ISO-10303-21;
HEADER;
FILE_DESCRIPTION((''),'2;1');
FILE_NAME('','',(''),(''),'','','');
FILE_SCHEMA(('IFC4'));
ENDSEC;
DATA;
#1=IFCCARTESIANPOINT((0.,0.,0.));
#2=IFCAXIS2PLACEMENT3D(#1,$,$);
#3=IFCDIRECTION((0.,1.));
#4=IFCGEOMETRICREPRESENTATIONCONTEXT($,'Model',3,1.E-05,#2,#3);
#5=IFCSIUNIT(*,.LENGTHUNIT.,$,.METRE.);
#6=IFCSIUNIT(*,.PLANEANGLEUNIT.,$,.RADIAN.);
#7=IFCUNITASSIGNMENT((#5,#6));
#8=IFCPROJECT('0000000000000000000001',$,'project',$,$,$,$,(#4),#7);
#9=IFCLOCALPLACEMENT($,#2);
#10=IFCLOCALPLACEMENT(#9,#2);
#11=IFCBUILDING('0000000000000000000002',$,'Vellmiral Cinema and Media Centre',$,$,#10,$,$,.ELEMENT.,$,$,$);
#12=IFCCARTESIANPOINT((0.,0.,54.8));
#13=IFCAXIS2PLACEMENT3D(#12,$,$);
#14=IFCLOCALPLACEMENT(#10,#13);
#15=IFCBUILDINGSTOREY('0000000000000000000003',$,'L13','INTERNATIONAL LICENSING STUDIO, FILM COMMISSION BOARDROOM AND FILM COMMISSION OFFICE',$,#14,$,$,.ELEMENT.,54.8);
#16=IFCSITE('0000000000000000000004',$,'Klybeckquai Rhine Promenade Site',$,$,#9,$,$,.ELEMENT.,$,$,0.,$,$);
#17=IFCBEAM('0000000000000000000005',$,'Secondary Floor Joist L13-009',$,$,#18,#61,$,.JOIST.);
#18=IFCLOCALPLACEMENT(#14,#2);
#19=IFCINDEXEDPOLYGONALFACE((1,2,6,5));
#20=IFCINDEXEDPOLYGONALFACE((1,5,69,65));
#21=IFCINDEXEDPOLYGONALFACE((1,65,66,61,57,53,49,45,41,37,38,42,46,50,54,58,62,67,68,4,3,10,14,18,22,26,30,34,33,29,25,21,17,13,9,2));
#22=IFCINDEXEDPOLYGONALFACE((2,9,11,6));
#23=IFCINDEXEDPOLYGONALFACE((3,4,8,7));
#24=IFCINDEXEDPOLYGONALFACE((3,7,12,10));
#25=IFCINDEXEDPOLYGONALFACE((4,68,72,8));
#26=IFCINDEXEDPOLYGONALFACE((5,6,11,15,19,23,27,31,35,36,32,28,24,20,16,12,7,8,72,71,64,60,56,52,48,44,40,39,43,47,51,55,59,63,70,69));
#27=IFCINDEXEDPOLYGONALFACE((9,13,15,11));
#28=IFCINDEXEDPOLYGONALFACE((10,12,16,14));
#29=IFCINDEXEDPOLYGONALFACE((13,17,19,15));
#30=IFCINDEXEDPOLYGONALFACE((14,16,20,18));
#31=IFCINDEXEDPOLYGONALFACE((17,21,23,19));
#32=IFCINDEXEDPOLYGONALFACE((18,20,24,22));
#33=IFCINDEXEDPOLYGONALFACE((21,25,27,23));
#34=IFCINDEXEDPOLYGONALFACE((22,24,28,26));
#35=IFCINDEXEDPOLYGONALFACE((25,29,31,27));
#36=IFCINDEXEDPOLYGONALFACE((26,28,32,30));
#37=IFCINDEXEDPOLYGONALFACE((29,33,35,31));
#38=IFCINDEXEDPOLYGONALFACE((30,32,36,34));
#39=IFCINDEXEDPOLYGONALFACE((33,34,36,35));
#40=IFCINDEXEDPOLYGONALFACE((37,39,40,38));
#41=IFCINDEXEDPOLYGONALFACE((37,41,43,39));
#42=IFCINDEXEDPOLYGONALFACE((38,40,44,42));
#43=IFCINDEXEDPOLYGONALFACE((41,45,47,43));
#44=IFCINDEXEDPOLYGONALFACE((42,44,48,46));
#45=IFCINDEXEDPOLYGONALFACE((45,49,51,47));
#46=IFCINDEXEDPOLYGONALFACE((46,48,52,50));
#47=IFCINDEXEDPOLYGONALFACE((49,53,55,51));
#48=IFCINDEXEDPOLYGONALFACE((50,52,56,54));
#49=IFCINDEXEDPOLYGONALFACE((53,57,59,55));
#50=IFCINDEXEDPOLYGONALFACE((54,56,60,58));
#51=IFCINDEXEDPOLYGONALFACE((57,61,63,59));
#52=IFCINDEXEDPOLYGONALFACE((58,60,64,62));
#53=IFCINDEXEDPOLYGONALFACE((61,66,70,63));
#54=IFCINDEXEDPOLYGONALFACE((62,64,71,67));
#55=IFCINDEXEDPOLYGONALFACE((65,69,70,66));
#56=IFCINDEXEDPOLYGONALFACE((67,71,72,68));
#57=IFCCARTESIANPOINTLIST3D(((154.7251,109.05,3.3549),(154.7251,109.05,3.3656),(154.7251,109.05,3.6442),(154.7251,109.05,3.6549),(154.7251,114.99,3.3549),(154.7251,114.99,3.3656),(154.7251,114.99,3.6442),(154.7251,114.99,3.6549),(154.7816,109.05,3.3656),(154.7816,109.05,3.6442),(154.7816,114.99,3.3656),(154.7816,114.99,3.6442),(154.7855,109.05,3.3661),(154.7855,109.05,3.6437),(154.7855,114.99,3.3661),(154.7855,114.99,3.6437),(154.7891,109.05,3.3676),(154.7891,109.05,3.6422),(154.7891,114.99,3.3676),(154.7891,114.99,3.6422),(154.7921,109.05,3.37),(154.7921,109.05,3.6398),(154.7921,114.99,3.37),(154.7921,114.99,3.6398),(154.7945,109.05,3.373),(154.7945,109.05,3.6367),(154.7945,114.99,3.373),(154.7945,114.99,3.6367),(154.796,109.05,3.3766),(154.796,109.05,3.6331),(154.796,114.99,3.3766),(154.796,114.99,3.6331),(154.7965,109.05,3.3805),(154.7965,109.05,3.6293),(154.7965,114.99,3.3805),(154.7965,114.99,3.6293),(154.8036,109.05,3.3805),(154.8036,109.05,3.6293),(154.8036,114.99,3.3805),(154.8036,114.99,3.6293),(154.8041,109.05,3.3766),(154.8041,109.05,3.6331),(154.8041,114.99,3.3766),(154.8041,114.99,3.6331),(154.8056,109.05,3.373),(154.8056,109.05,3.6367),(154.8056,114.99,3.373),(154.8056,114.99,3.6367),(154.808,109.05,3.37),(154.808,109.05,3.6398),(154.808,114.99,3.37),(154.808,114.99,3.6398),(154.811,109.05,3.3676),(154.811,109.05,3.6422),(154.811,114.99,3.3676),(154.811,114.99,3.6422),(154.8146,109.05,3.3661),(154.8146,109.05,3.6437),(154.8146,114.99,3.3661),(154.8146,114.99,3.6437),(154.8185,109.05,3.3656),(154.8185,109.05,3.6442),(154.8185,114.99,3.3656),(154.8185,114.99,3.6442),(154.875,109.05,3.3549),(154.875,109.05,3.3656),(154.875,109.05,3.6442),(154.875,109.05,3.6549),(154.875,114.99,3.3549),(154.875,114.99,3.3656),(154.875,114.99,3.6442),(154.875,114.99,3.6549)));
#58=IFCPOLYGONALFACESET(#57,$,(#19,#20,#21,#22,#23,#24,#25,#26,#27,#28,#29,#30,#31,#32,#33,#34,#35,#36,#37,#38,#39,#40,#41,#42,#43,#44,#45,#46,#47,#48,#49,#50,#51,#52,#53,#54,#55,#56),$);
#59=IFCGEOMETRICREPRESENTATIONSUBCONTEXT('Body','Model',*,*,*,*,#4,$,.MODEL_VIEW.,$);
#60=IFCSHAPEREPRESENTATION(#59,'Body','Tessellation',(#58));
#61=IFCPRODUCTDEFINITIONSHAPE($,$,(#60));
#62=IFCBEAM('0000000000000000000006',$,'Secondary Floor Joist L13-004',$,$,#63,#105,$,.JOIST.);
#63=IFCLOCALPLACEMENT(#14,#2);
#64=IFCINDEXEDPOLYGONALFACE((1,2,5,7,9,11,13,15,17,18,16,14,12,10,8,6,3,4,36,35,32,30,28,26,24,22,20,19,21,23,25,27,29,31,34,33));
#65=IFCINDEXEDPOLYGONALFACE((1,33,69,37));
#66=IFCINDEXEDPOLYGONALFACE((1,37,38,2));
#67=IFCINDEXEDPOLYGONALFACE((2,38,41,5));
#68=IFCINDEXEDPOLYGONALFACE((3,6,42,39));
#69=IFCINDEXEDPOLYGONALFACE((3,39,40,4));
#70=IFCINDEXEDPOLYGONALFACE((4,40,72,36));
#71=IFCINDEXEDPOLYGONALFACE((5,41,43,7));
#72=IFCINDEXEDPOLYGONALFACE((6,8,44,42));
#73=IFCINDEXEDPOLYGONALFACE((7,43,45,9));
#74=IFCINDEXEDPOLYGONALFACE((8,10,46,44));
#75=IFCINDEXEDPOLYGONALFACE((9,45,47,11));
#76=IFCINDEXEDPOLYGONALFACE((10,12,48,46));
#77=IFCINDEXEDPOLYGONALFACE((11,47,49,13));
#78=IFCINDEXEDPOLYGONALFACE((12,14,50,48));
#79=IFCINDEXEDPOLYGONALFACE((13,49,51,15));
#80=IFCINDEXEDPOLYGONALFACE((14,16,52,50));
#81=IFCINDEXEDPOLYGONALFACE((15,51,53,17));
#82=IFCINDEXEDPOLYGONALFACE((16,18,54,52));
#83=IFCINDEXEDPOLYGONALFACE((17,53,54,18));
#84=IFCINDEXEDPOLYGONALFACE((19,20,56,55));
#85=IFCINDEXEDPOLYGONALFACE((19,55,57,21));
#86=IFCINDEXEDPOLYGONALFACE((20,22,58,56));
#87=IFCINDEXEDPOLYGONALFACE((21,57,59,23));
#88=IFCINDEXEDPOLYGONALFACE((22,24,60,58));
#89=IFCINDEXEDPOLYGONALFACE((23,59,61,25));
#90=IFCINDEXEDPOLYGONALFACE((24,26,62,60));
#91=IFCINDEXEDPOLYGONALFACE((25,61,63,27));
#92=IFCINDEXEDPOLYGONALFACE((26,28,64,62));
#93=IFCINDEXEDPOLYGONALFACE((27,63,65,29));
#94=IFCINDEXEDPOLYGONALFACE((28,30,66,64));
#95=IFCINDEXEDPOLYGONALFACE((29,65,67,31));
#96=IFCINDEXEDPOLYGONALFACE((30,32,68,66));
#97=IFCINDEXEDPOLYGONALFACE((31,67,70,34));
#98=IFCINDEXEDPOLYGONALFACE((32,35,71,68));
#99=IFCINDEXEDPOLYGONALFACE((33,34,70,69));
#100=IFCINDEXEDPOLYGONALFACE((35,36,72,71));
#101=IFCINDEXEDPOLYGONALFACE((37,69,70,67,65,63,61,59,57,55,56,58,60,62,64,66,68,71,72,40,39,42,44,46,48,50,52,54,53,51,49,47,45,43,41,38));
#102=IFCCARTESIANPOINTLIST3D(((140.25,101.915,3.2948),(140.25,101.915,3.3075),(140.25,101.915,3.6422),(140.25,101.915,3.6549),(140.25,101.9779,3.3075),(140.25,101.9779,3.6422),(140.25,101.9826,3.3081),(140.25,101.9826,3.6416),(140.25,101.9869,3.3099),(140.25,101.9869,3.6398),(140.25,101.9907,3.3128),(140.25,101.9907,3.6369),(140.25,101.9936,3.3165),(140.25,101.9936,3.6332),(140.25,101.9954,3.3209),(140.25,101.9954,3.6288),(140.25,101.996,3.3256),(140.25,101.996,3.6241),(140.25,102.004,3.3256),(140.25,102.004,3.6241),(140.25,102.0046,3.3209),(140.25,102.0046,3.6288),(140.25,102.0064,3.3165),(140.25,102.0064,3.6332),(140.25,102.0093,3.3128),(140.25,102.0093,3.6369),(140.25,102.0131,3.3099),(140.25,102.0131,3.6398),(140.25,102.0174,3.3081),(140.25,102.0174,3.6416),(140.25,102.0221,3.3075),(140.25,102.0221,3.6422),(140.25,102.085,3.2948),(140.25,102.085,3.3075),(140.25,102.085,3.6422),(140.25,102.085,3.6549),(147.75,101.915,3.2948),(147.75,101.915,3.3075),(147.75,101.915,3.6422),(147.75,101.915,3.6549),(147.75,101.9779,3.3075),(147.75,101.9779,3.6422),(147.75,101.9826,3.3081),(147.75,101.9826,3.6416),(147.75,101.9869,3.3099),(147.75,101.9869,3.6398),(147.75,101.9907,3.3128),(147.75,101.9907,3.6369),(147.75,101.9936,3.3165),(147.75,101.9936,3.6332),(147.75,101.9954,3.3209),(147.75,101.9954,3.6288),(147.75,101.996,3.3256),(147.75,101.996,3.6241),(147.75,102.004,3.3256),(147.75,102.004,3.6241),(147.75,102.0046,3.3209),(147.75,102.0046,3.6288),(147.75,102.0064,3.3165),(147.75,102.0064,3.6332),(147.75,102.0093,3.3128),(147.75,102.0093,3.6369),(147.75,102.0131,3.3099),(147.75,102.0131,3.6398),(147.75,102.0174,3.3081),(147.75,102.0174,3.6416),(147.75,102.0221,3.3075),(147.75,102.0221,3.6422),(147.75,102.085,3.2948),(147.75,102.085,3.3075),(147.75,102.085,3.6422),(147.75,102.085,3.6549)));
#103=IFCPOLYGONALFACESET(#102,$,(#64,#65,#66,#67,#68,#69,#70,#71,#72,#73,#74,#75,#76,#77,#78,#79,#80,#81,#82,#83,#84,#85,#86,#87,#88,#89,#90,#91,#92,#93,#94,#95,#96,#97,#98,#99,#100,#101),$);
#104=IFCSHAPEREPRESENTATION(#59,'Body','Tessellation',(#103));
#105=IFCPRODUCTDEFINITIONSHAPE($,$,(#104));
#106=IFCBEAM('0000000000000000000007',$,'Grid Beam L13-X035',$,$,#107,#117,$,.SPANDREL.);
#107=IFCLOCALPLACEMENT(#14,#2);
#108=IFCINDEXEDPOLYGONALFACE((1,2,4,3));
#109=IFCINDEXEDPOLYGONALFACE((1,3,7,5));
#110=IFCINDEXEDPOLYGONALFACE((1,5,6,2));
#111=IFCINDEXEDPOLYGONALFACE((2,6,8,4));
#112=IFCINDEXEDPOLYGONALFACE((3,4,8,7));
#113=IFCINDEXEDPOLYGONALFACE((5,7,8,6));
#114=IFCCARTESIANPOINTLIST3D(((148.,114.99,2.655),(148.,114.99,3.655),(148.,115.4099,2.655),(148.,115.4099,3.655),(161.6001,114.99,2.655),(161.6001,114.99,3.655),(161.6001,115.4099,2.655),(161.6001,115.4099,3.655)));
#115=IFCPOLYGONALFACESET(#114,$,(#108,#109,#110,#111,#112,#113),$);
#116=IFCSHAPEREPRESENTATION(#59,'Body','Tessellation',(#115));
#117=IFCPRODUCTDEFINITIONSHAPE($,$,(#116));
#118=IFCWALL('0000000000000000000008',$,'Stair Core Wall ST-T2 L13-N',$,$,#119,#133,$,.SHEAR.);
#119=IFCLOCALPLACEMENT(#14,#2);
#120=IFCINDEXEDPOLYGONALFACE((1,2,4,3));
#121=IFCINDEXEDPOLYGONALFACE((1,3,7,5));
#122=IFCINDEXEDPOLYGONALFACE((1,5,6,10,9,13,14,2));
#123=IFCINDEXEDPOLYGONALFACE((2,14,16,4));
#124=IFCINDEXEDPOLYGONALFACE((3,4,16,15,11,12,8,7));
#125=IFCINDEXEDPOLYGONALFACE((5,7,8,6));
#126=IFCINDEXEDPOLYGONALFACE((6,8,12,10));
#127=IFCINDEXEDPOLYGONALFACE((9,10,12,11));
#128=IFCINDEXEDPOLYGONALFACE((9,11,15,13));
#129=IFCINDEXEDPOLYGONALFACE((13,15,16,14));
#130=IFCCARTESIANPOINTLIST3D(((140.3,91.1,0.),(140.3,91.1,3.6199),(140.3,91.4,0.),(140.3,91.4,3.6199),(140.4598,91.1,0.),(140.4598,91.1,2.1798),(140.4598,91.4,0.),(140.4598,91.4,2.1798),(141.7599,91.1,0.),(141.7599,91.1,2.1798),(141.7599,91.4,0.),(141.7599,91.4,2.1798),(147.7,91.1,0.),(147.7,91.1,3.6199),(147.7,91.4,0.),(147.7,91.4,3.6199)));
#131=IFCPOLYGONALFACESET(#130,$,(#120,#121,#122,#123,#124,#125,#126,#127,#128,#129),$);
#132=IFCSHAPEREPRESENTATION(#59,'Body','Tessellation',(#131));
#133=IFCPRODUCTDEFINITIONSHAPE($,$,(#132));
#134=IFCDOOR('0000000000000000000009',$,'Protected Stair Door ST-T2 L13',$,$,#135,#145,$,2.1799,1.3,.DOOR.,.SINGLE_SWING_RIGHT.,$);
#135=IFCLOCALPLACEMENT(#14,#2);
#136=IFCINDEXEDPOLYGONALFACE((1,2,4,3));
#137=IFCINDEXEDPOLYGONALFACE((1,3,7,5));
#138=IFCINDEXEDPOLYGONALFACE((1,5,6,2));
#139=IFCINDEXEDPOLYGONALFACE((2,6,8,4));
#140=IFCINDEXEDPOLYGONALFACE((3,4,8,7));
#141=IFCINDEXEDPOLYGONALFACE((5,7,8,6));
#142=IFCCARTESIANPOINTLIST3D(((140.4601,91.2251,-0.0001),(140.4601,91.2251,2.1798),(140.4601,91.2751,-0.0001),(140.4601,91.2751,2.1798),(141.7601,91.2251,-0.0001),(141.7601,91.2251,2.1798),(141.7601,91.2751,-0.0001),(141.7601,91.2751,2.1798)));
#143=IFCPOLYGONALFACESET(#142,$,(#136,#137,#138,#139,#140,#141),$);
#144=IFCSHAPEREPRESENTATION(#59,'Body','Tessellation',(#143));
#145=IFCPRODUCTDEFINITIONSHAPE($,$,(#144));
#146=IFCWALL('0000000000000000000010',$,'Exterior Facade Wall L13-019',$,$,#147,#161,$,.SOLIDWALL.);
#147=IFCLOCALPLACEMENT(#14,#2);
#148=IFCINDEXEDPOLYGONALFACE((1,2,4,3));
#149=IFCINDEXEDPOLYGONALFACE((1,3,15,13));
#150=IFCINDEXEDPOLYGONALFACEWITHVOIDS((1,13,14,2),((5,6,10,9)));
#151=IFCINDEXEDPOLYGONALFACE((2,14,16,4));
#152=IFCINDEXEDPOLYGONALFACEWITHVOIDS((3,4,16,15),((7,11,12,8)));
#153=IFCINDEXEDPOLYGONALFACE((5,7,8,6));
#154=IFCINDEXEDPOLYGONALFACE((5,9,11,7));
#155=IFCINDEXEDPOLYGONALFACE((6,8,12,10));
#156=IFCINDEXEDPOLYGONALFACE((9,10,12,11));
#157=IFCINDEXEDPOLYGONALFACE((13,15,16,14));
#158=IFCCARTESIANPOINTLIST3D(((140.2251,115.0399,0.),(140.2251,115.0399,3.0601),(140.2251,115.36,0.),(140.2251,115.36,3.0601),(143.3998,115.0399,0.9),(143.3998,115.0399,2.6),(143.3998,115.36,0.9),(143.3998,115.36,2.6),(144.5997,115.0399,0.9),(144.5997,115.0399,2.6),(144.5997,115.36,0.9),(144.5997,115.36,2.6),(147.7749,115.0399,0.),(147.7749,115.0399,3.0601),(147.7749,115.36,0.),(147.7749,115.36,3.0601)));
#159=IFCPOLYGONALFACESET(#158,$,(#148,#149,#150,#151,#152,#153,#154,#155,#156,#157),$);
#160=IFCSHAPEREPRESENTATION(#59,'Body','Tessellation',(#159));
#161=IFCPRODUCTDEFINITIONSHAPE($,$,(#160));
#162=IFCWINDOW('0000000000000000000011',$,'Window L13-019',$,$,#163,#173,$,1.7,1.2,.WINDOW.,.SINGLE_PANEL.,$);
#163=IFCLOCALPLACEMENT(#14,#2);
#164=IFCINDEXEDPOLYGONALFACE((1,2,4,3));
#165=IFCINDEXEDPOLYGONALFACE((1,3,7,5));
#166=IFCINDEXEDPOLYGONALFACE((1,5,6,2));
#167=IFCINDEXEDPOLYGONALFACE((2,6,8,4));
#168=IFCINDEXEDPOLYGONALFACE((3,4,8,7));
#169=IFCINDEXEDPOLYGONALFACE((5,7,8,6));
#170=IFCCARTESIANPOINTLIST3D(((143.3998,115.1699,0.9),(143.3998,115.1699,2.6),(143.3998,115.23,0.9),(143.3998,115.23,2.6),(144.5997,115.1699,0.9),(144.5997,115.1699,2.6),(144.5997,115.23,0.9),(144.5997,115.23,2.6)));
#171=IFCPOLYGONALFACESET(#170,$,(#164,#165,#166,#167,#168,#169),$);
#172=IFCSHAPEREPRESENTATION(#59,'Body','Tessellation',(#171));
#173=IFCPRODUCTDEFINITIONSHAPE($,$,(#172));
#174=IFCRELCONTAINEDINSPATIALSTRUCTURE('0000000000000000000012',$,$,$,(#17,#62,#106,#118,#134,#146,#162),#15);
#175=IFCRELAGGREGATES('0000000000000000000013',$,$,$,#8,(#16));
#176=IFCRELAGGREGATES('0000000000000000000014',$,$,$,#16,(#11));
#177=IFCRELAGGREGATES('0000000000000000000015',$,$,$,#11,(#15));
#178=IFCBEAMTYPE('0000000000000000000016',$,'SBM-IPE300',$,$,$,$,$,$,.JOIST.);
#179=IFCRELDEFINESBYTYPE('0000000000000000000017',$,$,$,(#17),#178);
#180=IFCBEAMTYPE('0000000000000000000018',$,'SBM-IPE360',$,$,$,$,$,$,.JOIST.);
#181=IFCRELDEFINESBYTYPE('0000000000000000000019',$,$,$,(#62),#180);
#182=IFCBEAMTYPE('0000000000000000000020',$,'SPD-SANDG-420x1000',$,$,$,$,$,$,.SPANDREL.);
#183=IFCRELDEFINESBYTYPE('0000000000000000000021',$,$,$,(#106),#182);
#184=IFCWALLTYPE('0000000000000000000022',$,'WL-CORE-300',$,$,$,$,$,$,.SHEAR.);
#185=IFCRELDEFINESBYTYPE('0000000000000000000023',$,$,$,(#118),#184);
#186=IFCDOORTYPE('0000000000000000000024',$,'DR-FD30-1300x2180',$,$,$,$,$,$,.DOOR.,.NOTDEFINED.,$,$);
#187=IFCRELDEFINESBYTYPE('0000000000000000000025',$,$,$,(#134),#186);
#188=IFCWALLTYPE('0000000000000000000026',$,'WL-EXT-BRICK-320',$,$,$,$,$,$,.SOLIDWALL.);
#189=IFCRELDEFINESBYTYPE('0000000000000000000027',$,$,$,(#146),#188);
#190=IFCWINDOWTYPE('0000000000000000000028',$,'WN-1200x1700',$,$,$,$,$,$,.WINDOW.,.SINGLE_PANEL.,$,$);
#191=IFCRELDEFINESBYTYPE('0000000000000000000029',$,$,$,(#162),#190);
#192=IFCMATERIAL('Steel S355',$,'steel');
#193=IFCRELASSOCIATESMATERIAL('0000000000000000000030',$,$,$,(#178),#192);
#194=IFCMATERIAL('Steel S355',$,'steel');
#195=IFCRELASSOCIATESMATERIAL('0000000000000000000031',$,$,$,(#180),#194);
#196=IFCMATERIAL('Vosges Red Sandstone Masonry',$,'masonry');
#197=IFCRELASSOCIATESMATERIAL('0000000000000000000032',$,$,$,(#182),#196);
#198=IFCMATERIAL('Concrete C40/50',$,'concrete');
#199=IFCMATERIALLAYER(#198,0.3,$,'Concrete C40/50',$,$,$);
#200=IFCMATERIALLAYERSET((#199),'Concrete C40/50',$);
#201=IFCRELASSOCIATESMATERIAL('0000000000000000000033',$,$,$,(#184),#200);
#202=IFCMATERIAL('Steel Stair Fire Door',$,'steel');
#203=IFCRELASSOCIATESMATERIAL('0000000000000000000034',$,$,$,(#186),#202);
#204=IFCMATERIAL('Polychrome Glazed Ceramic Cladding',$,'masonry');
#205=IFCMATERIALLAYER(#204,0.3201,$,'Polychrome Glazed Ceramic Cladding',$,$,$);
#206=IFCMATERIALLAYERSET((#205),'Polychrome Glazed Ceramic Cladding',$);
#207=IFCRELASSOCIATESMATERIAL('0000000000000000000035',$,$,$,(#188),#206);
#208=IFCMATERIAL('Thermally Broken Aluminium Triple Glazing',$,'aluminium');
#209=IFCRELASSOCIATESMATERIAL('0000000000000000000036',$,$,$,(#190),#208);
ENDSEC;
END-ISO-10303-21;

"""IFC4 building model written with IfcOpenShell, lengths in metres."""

from ifc_helpers import new_model, si_unit, direction, frame, frame_2d, origin, origin_2d, place, context, subcontext, project, spatial, rectangle, i_section, extrude, material, layer, layer_set, material_profile, profile_set, type_object, element, fill, save


model = new_model("IFC4")

# Units and contexts
model_context = context("Model", 3, precision=1e-05, world=origin(), true_north=direction((0.0, 1.0)))
body_context = subcontext(model_context, "Body", "Model", "MODEL_VIEW")
ifc_project = project(units=[si_unit("LENGTHUNIT", "METRE"), si_unit("PLANEANGLEUNIT", "RADIAN")], contexts=[model_context])

# Site, building, storey
site_placement = place(None, origin())
site = spatial("IfcSite", under=ifc_project, at=site_placement, Name="Klybeckquai Rhine Promenade Site", CompositionType="ELEMENT", RefElevation=0.0)
building_placement = place(site_placement, origin())
building = spatial("IfcBuilding", under=site, at=building_placement, Name="Vellmiral Cinema and Media Centre", CompositionType="ELEMENT")
storey_placement = place(building_placement, frame((0.0, 0.0, 54.8)))
storey = spatial("IfcBuildingStorey", under=building, at=storey_placement, Name="L13", Description="INTERNATIONAL LICENSING STUDIO, FILM COMMISSION BOARDROOM AND FILM COMMISSION OFFICE", CompositionType="ELEMENT", Elevation=54.8)

# Beams
ifc_material_1 = material(Name="Steel S355", Category="steel")
ifc_material_profile_1 = material_profile(ifc_material_1, i_section(OverallWidth=0.1499, OverallDepth=0.3, WebThickness=0.0071, FlangeThickness=0.0107, FilletRadius=0.0149, at=origin_2d()), Name="IPE 300")
ifc_profile_set_1 = profile_set([ifc_material_profile_1], Name="Steel S355")
beam_type_1 = type_object("IfcBeamType", Name="SBM-IPE300", PredefinedType="JOIST", material=ifc_profile_set_1)
beam_1_placement = place(storey_placement, frame((154.8, 109.05, 3.5049), z_axis=(0.0, 1.0, 0.0), x_axis=(-1.0, 0.0, 0.0)))
element("IfcBeam", 1, at=beam_1_placement, inside=storey, type_object=beam_type_1, Name="Secondary Floor Joist L13-009", PredefinedType="JOIST", context=body_context, shape_type="SweptSolid", body=[
    extrude(i_section(OverallWidth=0.1499, OverallDepth=0.3, WebThickness=0.0071, FlangeThickness=0.0107, FilletRadius=0.0149, at=origin_2d()), origin(), (0.0, 0.0, 1.0), 5.9399),
])
ifc_material_2 = material(Name="Steel S355", Category="steel")
ifc_material_profile_2 = material_profile(ifc_material_2, i_section(OverallWidth=0.1699, OverallDepth=0.3601, WebThickness=0.0081, FlangeThickness=0.0127, FilletRadius=0.0181, at=origin_2d()), Name="IPE 360")
ifc_profile_set_2 = profile_set([ifc_material_profile_2], Name="Steel S355")
beam_type_2 = type_object("IfcBeamType", Name="SBM-IPE360", PredefinedType="JOIST", material=ifc_profile_set_2)
beam_2_placement = place(storey_placement, frame((140.25, 102.0, 3.4749), z_axis=(1.0, 0.0, 0.0), x_axis=(0.0, 1.0, 0.0)))
element("IfcBeam", 2, at=beam_2_placement, inside=storey, type_object=beam_type_2, Name="Secondary Floor Joist L13-004", PredefinedType="JOIST", context=body_context, shape_type="SweptSolid", body=[
    extrude(i_section(OverallWidth=0.1699, OverallDepth=0.3601, WebThickness=0.0081, FlangeThickness=0.0127, FilletRadius=0.0181, at=origin_2d()), origin(), (0.0, 0.0, 1.0), 7.5),
])
ifc_material_3 = material(Name="Vosges Red Sandstone Masonry", Category="masonry")
ifc_material_profile_3 = material_profile(ifc_material_3, rectangle(XDim=0.4199, YDim=1.0, at=origin_2d()), Name="SAND 420x1000")
ifc_profile_set_3 = profile_set([ifc_material_profile_3], Name="Vosges Red Sandstone Masonry")
beam_type_3 = type_object("IfcBeamType", Name="SPD-SANDG-420x1000", PredefinedType="SPANDREL", material=ifc_profile_set_3)
beam_3_placement = place(storey_placement, frame((148.0, 115.2, 3.155), z_axis=(1.0, 0.0, 0.0), x_axis=(0.0, 1.0, 0.0)))
element("IfcBeam", 3, at=beam_3_placement, inside=storey, type_object=beam_type_3, Name="Grid Beam L13-X035", PredefinedType="SPANDREL", context=body_context, shape_type="SweptSolid", body=[
    extrude(rectangle(XDim=0.4199, YDim=1.0, at=origin_2d()), origin(), (0.0, 0.0, 1.0), 13.6001),
])

# Wall, opening, door
ifc_material_4 = material(Name="Concrete C40/50", Category="concrete")
ifc_layer_1 = layer(ifc_material_4, 0.3, Name="Concrete C40/50")
ifc_layer_set_1 = layer_set([ifc_layer_1], Name="Concrete C40/50")
wall_type_1 = type_object("IfcWallType", Name="WL-CORE-300", PredefinedType="SHEAR", material=ifc_layer_set_1)
wall_1_placement = place(storey_placement, frame((140.3, 91.25, 0.0), z_axis=(0.0, 0.0, 1.0), x_axis=(1.0, 0.0, 0.0)))
wall_1 = element("IfcWall", 4, at=wall_1_placement, inside=storey, type_object=wall_type_1, Name="Stair Core Wall ST-T2 L13-N", PredefinedType="SHEAR", context=body_context, shape_type="SweptSolid", body=[
    extrude(rectangle(XDim=7.3999, YDim=0.3, at=frame_2d((3.7, 0.0))), origin(), (0.0, 0.0, 1.0), 3.6199),
])
opening_1_placement = place(wall_1_placement, frame((0.1599, 0.0, 0.0)))
opening_1 = element("IfcOpeningElement", 5, at=opening_1_placement, cuts=wall_1, PredefinedType="OPENING", context=body_context, shape_type="SweptSolid", body=[
    extrude(rectangle(XDim=1.3, YDim=2.1799, at=frame_2d((0.6499, 1.0898))), frame((0.0, 0.1621, 0.0), z_axis=(0.0, -1.0, 0.0), x_axis=(1.0, 0.0, 0.0)), (0.0, 0.0, 1.0), 0.324),
])
ifc_material_5 = material(Name="Steel Stair Fire Door", Category="steel")
door_type_1 = type_object("IfcDoorType", Name="DR-FD30-1300x2180", OperationType="NOTDEFINED", PredefinedType="DOOR", material=ifc_material_5)
door_1_placement = place(opening_1_placement, frame((1.3, 0.0, 0.0), z_axis=(0.0, 0.0, 1.0), x_axis=(-1.0, 0.0, 0.0)))
door_1 = element("IfcDoor", 6, at=door_1_placement, inside=storey, type_object=door_type_1, Name="Protected Stair Door ST-T2 L13", OperationType="SINGLE_SWING_RIGHT", OverallHeight=2.1799, OverallWidth=1.3, PredefinedType="DOOR", context=body_context, shape_type="SweptSolid", body=[
    extrude(rectangle(XDim=1.3, YDim=2.1799, at=frame_2d((0.6499, 1.0898))), frame((0.0, 0.0249, 0.0), z_axis=(0.0, -1.0, 0.0), x_axis=(1.0, 0.0, 0.0)), (0.0, 0.0, 1.0), 0.05),
])
fill(opening_1, door_1)

# Wall, opening, window
ifc_material_6 = material(Name="Polychrome Glazed Ceramic Cladding", Category="masonry")
ifc_layer_2 = layer(ifc_material_6, 0.3201, Name="Polychrome Glazed Ceramic Cladding")
ifc_layer_set_2 = layer_set([ifc_layer_2], Name="Polychrome Glazed Ceramic Cladding")
wall_type_2 = type_object("IfcWallType", Name="WL-EXT-BRICK-320", PredefinedType="SOLIDWALL", material=ifc_layer_set_2)
wall_2_placement = place(storey_placement, frame((147.7749, 115.2, 0.0), z_axis=(0.0, 0.0, 1.0), x_axis=(-1.0, 0.0, 0.0)))
wall_2 = element("IfcWall", 7, at=wall_2_placement, inside=storey, type_object=wall_type_2, Name="Exterior Facade Wall L13-019", PredefinedType="SOLIDWALL", context=body_context, shape_type="SweptSolid", body=[
    extrude(rectangle(XDim=7.5498, YDim=0.3201, at=frame_2d((3.7749, 0.0))), origin(), (0.0, 0.0, 1.0), 3.0601),
])
opening_2_placement = place(wall_2_placement, frame((3.175, 0.0, 0.8999)))
opening_2 = element("IfcOpeningElement", 8, at=opening_2_placement, cuts=wall_2, PredefinedType="OPENING", context=body_context, shape_type="SweptSolid", body=[
    extrude(rectangle(XDim=1.2, YDim=1.7, at=frame_2d((0.6001, 0.8501))), frame((0.0, 0.1719, 0.0), z_axis=(0.0, -1.0, 0.0), x_axis=(1.0, 0.0, 0.0)), (0.0, 0.0, 1.0), 0.344),
])
ifc_material_7 = material(Name="Thermally Broken Aluminium Triple Glazing", Category="aluminium")
window_type = type_object("IfcWindowType", Name="WN-1200x1700", PartitioningType="SINGLE_PANEL", PredefinedType="WINDOW", material=ifc_material_7)
window_placement = place(opening_2_placement, origin())
window = element("IfcWindow", 9, at=window_placement, inside=storey, type_object=window_type, Name="Window L13-019", OverallHeight=1.7, OverallWidth=1.2, PartitioningType="SINGLE_PANEL", PredefinedType="WINDOW", context=body_context, shape_type="SweptSolid", body=[
    extrude(rectangle(XDim=1.2, YDim=1.7, at=frame_2d((0.6001, 0.8501))), frame((0.0, 0.03, 0.0), z_axis=(0.0, -1.0, 0.0), x_axis=(1.0, 0.0, 0.0)), (0.0, 0.0, 1.0), 0.0601),
])
fill(opening_2, window)

save(model, "model.ifc")
